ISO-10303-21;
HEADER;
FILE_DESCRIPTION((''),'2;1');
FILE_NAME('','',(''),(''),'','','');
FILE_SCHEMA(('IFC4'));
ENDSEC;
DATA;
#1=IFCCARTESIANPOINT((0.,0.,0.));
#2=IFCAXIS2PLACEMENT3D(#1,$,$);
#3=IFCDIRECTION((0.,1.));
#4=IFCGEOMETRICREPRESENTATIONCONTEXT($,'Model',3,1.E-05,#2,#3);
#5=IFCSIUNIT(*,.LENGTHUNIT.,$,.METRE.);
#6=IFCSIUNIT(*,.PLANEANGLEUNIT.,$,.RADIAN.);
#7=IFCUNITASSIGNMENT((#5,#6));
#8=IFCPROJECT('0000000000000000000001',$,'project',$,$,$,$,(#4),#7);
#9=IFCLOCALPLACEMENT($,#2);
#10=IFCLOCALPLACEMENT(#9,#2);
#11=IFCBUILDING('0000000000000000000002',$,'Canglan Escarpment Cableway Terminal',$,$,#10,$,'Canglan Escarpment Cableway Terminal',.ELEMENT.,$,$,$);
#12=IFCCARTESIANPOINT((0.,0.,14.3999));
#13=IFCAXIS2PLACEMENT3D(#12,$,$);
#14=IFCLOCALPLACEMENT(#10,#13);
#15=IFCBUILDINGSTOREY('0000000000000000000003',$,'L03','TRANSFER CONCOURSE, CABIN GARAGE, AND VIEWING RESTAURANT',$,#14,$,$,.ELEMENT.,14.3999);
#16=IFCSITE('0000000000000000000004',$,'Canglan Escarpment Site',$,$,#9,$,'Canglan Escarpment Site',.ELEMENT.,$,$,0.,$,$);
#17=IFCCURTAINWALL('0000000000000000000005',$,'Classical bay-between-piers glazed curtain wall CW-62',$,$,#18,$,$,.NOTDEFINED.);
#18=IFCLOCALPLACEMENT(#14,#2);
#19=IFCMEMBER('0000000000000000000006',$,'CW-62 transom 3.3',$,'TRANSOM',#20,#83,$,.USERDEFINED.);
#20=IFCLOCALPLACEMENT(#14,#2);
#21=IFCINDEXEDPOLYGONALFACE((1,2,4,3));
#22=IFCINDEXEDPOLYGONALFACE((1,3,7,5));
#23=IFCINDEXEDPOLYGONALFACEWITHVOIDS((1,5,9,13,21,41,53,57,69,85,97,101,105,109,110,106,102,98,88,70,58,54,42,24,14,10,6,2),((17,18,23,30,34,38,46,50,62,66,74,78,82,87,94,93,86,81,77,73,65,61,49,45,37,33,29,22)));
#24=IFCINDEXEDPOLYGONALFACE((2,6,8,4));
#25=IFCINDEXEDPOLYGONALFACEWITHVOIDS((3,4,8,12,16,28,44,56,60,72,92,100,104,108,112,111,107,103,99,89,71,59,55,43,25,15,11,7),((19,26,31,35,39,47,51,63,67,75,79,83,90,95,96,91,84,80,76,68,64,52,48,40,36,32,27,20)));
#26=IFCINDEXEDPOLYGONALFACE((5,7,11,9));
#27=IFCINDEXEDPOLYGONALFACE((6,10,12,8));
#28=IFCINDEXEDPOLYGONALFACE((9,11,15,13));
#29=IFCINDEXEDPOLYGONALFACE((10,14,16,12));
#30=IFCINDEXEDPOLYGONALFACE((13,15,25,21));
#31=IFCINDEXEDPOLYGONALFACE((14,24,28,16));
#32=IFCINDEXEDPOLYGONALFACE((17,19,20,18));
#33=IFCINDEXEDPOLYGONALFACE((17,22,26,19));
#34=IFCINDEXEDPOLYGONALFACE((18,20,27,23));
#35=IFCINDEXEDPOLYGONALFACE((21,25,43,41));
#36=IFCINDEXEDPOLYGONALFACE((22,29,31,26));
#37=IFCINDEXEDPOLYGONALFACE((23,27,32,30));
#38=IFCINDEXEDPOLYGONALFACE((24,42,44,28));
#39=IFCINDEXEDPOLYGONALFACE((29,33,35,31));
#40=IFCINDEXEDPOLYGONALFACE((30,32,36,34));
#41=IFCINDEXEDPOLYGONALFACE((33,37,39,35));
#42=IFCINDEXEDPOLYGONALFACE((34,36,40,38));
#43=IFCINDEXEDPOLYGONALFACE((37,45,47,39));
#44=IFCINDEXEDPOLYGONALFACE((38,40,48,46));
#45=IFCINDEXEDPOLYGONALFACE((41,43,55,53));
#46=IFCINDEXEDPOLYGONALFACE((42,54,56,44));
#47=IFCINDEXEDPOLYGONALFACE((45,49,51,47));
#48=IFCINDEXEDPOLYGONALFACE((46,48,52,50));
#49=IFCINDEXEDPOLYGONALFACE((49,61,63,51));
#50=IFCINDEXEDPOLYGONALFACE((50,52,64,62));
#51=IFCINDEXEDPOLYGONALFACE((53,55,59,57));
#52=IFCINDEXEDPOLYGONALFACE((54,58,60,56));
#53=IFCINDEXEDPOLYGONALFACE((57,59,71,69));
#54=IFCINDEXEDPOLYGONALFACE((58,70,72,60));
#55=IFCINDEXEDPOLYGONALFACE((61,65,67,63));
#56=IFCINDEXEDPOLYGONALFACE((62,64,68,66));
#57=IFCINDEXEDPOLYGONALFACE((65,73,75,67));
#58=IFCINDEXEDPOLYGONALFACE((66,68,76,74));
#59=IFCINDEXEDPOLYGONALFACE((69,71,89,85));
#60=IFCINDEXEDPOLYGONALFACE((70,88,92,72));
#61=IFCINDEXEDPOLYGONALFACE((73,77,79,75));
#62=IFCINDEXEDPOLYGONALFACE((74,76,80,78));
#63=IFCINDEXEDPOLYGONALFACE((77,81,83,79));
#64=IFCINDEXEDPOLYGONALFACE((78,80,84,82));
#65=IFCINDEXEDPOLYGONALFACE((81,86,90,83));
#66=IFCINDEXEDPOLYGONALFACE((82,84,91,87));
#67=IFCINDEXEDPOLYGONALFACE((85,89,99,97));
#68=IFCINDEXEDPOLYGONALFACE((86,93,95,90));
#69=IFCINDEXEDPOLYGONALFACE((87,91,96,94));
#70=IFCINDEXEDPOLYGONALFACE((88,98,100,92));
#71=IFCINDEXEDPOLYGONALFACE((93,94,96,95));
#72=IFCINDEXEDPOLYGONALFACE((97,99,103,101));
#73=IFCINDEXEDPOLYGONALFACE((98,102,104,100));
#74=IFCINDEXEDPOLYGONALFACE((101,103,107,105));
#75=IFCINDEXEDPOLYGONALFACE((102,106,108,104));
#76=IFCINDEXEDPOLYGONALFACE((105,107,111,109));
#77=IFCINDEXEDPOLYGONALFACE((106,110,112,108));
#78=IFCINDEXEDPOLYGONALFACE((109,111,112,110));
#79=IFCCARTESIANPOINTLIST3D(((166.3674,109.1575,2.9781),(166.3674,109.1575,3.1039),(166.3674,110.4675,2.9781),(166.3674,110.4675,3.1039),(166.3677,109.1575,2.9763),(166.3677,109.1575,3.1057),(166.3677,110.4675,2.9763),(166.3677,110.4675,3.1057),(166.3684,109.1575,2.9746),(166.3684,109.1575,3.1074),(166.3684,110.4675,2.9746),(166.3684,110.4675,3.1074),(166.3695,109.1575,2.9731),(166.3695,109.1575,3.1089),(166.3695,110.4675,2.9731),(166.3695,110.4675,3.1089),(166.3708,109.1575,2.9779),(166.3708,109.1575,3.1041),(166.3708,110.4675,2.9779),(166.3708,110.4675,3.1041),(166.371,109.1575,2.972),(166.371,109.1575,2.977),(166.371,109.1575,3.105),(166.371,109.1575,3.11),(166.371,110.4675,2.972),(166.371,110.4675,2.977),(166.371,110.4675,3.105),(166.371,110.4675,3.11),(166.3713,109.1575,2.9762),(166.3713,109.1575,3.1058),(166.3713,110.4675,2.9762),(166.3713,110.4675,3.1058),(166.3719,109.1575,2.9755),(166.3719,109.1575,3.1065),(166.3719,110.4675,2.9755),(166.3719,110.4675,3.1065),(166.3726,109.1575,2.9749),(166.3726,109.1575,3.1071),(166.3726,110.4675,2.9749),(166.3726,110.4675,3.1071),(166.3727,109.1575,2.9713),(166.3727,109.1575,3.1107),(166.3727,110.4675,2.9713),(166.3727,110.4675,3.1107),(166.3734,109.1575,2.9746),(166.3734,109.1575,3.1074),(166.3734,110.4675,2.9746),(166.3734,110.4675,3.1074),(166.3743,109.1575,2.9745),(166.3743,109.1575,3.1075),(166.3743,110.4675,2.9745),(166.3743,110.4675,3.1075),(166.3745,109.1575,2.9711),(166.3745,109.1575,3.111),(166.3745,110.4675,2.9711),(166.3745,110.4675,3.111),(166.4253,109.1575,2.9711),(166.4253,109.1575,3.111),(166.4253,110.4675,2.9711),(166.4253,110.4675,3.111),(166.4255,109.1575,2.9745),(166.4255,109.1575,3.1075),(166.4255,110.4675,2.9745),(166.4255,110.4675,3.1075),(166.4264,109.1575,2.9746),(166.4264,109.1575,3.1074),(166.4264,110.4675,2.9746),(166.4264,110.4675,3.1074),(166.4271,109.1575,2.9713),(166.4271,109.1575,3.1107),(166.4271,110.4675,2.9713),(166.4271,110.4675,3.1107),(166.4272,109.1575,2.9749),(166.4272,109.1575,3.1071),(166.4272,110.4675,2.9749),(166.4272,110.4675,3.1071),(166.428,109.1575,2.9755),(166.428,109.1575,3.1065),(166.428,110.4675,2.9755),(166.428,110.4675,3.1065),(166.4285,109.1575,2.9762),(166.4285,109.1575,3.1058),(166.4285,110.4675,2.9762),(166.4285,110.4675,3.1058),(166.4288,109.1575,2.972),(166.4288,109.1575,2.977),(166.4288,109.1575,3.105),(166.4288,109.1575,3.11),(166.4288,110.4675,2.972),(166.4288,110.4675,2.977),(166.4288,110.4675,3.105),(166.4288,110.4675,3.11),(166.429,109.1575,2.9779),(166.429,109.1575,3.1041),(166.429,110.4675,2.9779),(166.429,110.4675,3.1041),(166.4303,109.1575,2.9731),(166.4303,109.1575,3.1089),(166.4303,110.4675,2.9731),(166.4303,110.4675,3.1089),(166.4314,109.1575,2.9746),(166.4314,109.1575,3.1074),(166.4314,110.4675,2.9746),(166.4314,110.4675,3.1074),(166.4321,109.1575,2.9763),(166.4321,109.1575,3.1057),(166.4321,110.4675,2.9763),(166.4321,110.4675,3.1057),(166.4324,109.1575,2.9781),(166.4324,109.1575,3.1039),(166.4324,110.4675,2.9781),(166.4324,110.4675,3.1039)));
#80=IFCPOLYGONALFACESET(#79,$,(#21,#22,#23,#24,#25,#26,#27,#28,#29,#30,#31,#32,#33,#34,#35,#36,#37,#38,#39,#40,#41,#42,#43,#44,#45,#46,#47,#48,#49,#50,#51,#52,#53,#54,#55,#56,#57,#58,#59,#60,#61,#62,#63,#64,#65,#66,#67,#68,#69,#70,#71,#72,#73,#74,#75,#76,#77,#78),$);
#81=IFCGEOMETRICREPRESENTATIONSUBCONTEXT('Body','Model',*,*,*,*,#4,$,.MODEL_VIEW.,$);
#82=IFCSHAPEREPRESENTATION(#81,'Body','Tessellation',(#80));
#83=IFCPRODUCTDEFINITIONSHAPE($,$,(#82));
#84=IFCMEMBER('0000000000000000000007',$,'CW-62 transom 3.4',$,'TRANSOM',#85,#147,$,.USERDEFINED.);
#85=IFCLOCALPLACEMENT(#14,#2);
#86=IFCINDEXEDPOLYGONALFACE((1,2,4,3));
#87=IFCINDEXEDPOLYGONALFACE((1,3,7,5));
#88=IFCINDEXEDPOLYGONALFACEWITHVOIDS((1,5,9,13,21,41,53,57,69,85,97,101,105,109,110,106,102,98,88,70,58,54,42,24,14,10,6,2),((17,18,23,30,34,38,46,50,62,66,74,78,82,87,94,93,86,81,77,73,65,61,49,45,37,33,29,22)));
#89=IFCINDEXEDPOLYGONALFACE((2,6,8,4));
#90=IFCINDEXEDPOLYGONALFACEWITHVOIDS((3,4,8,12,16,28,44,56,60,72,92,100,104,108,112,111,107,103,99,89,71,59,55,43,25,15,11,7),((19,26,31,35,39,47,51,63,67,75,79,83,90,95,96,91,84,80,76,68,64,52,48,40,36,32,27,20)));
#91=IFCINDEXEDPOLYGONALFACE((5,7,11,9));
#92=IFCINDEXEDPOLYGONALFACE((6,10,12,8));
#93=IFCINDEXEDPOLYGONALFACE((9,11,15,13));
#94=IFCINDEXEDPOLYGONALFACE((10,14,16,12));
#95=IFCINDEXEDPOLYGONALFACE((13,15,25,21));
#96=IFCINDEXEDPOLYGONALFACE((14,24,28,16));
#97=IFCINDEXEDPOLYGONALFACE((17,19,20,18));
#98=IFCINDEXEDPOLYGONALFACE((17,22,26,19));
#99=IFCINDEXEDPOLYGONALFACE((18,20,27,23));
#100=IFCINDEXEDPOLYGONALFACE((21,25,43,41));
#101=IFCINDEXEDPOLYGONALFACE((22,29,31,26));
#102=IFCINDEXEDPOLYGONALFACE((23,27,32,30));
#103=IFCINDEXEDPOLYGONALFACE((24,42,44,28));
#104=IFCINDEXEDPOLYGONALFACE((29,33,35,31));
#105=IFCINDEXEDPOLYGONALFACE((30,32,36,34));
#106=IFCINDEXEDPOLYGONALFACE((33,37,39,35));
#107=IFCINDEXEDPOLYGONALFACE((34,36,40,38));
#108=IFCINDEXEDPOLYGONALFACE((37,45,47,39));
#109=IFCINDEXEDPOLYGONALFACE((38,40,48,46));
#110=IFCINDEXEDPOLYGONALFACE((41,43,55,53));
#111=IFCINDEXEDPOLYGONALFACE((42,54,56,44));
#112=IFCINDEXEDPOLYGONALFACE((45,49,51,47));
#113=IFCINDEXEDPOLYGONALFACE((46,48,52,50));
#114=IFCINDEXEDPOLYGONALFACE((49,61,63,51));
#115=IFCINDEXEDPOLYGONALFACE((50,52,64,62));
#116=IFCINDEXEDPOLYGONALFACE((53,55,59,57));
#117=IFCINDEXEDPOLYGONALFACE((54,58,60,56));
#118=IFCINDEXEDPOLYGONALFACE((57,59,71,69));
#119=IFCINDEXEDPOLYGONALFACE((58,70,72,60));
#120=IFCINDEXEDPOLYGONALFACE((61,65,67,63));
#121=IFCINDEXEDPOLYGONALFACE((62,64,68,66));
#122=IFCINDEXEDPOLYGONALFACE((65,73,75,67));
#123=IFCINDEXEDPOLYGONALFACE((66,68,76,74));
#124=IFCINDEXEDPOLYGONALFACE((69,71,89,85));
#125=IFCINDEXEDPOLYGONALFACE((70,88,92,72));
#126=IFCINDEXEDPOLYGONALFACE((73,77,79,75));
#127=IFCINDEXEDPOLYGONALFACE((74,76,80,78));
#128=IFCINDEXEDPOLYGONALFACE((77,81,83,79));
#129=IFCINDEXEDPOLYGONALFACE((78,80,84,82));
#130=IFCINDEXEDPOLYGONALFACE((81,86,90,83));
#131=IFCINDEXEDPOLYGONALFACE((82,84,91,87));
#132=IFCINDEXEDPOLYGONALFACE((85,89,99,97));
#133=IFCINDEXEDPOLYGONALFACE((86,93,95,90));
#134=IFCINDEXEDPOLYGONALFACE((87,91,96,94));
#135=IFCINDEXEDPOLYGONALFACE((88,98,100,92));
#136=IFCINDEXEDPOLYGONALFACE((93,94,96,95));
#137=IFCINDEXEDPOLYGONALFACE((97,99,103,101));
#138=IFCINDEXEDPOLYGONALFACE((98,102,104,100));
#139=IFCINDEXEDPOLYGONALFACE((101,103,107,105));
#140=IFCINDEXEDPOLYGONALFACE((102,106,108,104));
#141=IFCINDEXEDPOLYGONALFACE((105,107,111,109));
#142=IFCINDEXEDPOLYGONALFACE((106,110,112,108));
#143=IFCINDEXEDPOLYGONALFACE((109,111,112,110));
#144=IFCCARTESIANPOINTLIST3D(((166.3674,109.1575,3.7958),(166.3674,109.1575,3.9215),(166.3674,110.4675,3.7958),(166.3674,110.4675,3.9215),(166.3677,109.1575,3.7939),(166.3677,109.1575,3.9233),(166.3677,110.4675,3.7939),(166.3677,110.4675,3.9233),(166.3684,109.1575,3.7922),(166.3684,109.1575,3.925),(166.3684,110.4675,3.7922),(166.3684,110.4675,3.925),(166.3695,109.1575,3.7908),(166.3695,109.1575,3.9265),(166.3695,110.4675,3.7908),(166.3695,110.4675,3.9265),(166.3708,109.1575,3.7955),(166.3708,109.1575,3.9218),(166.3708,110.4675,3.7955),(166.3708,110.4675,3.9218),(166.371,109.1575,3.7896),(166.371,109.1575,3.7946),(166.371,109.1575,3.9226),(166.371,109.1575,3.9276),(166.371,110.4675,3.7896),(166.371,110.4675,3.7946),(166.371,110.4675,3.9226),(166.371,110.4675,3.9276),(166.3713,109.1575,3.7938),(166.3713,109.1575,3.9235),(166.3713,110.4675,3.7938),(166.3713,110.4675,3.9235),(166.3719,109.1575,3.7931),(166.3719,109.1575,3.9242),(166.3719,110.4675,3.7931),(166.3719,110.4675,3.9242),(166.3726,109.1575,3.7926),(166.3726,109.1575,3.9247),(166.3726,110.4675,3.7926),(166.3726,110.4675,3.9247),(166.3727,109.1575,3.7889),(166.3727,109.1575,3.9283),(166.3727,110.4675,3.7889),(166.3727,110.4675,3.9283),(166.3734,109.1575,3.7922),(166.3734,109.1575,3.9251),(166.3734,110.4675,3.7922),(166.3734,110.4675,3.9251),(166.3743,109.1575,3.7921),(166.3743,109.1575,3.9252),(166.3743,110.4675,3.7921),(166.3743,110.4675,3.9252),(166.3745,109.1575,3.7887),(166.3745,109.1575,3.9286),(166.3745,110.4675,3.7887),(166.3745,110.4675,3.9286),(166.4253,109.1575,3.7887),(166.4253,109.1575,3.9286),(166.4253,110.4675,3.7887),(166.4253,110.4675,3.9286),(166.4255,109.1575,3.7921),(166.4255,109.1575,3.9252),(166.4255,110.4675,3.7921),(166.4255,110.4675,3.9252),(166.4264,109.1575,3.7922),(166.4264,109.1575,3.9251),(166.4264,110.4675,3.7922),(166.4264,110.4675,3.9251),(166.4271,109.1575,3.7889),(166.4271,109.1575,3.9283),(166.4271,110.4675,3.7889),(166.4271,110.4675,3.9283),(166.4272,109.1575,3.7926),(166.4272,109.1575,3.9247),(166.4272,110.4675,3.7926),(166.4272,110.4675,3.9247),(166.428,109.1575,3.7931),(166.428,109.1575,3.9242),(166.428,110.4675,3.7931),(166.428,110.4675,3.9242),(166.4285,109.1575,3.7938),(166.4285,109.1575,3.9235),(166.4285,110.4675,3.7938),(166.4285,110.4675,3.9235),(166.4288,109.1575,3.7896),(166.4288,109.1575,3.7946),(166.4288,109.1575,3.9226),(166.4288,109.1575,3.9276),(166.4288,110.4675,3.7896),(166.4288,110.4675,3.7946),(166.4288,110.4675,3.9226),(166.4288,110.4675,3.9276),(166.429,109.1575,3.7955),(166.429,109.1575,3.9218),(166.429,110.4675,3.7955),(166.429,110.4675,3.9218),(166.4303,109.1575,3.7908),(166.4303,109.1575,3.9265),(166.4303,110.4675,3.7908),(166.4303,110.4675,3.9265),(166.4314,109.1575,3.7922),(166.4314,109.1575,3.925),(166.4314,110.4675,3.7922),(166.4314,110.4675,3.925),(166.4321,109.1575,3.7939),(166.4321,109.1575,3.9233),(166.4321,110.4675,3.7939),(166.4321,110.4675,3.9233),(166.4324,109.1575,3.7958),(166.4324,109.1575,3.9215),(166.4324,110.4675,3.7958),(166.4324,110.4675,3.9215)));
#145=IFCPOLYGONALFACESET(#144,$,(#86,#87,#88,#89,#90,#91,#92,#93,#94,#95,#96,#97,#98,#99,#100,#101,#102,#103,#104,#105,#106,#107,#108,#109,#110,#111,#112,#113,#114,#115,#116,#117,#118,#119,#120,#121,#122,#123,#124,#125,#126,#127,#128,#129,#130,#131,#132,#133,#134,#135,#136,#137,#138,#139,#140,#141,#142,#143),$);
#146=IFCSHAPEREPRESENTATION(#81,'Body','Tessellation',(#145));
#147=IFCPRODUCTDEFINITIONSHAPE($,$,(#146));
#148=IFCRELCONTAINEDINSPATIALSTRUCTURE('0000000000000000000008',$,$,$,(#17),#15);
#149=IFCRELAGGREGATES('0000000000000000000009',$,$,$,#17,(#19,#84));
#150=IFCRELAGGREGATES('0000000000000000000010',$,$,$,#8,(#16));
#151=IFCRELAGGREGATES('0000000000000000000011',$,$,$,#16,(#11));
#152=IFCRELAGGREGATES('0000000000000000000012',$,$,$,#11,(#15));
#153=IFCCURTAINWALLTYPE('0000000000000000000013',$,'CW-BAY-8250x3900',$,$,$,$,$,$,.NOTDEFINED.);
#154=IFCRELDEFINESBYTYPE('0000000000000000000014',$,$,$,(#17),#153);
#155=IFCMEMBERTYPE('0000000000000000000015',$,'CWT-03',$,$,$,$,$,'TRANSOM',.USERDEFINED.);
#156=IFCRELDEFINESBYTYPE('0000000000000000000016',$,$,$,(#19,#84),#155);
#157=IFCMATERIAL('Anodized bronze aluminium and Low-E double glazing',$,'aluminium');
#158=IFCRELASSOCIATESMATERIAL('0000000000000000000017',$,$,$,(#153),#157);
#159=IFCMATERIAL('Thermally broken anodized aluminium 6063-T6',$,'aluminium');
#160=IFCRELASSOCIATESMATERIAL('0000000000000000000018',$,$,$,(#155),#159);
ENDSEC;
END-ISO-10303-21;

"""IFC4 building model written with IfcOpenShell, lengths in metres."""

from ifc_helpers import new_model, si_unit, direction, frame, origin, origin_2d, place, context, subcontext, project, spatial, hollow_rectangle, extrude, material, material_profile, profile_set, type_object, element, aggregate, save


model = new_model("IFC4")

# Units and contexts
model_context = context("Model", 3, precision=1e-05, world=origin(), true_north=direction((0.0, 1.0)))
body_context = subcontext(model_context, "Body", "Model", "MODEL_VIEW")
ifc_project = project(units=[si_unit("LENGTHUNIT", "METRE"), si_unit("PLANEANGLEUNIT", "RADIAN")], contexts=[model_context])

# Site, building, storey
site_placement = place(None, origin())
site = spatial("IfcSite", under=ifc_project, at=site_placement, Name="Canglan Escarpment Site", LongName="Canglan Escarpment Site", CompositionType="ELEMENT", RefElevation=0.0)
building_placement = place(site_placement, origin())
building = spatial("IfcBuilding", under=site, at=building_placement, Name="Canglan Escarpment Cableway Terminal", LongName="Canglan Escarpment Cableway Terminal", CompositionType="ELEMENT")
storey_placement = place(building_placement, frame((0.0, 0.0, 14.3999)))
storey = spatial("IfcBuildingStorey", under=building, at=storey_placement, Name="L03", Description="TRANSFER CONCOURSE, CABIN GARAGE, AND VIEWING RESTAURANT", CompositionType="ELEMENT", Elevation=14.3999)

# Curtain wall, members
ifc_material_1 = material(Name="Anodized bronze aluminium and Low-E double glazing", Category="aluminium")
curtain_wall_type = type_object("IfcCurtainWallType", Name="CW-BAY-8250x3900", PredefinedType="NOTDEFINED", material=ifc_material_1)
curtain_wall_placement = place(storey_placement, origin())
curtain_wall = element("IfcCurtainWall", 1, at=curtain_wall_placement, inside=storey, type_object=curtain_wall_type, Name="Classical bay-between-piers glazed curtain wall CW-62", PredefinedType="NOTDEFINED")
ifc_material_2 = material(Name="Thermally broken anodized aluminium 6063-T6", Category="aluminium")
ifc_material_profile_1 = material_profile(ifc_material_2, hollow_rectangle(XDim=0.0649, YDim=0.1399, WallThickness=0.0034, InnerFilletRadius=0.0034, OuterFilletRadius=0.0071, at=origin_2d()), Name="ALU-TRAN 65x140x3.5")
ifc_profile_set_1 = profile_set([ifc_material_profile_1], Name="Thermally broken anodized aluminium 6063-T6")
member_type_1 = type_object("IfcMemberType", Name="CWT-03", ElementType="TRANSOM", PredefinedType="USERDEFINED", material=ifc_profile_set_1)
member_1_placement = place(storey_placement, frame((166.3999, 109.1575, 3.041), z_axis=(0.0, 1.0, 0.0), x_axis=(-1.0, 0.0, 0.0)))
member_1 = element("IfcMember", 2, at=member_1_placement, type_object=member_type_1, Name="CW-62 transom 3.3", ObjectType="TRANSOM", PredefinedType="USERDEFINED", context=body_context, shape_type="SweptSolid", body=[
    extrude(hollow_rectangle(XDim=0.0649, YDim=0.1399, WallThickness=0.0034, InnerFilletRadius=0.0034, OuterFilletRadius=0.0071, at=origin_2d()), origin(), (0.0, 0.0, 1.0), 1.3101),
])
member_2_placement = place(storey_placement, frame((166.3999, 109.1575, 3.8586), z_axis=(0.0, 1.0, 0.0), x_axis=(-1.0, 0.0, 0.0)))
member_2 = element("IfcMember", 3, at=member_2_placement, type_object=member_type_1, Name="CW-62 transom 3.4", ObjectType="TRANSOM", PredefinedType="USERDEFINED", context=body_context, shape_type="SweptSolid", body=[
    extrude(hollow_rectangle(XDim=0.0649, YDim=0.1399, WallThickness=0.0034, InnerFilletRadius=0.0034, OuterFilletRadius=0.0071, at=origin_2d()), origin(), (0.0, 0.0, 1.0), 1.3101),
])
aggregate(curtain_wall, [member_1, member_2])

save(model, "model.ifc")
